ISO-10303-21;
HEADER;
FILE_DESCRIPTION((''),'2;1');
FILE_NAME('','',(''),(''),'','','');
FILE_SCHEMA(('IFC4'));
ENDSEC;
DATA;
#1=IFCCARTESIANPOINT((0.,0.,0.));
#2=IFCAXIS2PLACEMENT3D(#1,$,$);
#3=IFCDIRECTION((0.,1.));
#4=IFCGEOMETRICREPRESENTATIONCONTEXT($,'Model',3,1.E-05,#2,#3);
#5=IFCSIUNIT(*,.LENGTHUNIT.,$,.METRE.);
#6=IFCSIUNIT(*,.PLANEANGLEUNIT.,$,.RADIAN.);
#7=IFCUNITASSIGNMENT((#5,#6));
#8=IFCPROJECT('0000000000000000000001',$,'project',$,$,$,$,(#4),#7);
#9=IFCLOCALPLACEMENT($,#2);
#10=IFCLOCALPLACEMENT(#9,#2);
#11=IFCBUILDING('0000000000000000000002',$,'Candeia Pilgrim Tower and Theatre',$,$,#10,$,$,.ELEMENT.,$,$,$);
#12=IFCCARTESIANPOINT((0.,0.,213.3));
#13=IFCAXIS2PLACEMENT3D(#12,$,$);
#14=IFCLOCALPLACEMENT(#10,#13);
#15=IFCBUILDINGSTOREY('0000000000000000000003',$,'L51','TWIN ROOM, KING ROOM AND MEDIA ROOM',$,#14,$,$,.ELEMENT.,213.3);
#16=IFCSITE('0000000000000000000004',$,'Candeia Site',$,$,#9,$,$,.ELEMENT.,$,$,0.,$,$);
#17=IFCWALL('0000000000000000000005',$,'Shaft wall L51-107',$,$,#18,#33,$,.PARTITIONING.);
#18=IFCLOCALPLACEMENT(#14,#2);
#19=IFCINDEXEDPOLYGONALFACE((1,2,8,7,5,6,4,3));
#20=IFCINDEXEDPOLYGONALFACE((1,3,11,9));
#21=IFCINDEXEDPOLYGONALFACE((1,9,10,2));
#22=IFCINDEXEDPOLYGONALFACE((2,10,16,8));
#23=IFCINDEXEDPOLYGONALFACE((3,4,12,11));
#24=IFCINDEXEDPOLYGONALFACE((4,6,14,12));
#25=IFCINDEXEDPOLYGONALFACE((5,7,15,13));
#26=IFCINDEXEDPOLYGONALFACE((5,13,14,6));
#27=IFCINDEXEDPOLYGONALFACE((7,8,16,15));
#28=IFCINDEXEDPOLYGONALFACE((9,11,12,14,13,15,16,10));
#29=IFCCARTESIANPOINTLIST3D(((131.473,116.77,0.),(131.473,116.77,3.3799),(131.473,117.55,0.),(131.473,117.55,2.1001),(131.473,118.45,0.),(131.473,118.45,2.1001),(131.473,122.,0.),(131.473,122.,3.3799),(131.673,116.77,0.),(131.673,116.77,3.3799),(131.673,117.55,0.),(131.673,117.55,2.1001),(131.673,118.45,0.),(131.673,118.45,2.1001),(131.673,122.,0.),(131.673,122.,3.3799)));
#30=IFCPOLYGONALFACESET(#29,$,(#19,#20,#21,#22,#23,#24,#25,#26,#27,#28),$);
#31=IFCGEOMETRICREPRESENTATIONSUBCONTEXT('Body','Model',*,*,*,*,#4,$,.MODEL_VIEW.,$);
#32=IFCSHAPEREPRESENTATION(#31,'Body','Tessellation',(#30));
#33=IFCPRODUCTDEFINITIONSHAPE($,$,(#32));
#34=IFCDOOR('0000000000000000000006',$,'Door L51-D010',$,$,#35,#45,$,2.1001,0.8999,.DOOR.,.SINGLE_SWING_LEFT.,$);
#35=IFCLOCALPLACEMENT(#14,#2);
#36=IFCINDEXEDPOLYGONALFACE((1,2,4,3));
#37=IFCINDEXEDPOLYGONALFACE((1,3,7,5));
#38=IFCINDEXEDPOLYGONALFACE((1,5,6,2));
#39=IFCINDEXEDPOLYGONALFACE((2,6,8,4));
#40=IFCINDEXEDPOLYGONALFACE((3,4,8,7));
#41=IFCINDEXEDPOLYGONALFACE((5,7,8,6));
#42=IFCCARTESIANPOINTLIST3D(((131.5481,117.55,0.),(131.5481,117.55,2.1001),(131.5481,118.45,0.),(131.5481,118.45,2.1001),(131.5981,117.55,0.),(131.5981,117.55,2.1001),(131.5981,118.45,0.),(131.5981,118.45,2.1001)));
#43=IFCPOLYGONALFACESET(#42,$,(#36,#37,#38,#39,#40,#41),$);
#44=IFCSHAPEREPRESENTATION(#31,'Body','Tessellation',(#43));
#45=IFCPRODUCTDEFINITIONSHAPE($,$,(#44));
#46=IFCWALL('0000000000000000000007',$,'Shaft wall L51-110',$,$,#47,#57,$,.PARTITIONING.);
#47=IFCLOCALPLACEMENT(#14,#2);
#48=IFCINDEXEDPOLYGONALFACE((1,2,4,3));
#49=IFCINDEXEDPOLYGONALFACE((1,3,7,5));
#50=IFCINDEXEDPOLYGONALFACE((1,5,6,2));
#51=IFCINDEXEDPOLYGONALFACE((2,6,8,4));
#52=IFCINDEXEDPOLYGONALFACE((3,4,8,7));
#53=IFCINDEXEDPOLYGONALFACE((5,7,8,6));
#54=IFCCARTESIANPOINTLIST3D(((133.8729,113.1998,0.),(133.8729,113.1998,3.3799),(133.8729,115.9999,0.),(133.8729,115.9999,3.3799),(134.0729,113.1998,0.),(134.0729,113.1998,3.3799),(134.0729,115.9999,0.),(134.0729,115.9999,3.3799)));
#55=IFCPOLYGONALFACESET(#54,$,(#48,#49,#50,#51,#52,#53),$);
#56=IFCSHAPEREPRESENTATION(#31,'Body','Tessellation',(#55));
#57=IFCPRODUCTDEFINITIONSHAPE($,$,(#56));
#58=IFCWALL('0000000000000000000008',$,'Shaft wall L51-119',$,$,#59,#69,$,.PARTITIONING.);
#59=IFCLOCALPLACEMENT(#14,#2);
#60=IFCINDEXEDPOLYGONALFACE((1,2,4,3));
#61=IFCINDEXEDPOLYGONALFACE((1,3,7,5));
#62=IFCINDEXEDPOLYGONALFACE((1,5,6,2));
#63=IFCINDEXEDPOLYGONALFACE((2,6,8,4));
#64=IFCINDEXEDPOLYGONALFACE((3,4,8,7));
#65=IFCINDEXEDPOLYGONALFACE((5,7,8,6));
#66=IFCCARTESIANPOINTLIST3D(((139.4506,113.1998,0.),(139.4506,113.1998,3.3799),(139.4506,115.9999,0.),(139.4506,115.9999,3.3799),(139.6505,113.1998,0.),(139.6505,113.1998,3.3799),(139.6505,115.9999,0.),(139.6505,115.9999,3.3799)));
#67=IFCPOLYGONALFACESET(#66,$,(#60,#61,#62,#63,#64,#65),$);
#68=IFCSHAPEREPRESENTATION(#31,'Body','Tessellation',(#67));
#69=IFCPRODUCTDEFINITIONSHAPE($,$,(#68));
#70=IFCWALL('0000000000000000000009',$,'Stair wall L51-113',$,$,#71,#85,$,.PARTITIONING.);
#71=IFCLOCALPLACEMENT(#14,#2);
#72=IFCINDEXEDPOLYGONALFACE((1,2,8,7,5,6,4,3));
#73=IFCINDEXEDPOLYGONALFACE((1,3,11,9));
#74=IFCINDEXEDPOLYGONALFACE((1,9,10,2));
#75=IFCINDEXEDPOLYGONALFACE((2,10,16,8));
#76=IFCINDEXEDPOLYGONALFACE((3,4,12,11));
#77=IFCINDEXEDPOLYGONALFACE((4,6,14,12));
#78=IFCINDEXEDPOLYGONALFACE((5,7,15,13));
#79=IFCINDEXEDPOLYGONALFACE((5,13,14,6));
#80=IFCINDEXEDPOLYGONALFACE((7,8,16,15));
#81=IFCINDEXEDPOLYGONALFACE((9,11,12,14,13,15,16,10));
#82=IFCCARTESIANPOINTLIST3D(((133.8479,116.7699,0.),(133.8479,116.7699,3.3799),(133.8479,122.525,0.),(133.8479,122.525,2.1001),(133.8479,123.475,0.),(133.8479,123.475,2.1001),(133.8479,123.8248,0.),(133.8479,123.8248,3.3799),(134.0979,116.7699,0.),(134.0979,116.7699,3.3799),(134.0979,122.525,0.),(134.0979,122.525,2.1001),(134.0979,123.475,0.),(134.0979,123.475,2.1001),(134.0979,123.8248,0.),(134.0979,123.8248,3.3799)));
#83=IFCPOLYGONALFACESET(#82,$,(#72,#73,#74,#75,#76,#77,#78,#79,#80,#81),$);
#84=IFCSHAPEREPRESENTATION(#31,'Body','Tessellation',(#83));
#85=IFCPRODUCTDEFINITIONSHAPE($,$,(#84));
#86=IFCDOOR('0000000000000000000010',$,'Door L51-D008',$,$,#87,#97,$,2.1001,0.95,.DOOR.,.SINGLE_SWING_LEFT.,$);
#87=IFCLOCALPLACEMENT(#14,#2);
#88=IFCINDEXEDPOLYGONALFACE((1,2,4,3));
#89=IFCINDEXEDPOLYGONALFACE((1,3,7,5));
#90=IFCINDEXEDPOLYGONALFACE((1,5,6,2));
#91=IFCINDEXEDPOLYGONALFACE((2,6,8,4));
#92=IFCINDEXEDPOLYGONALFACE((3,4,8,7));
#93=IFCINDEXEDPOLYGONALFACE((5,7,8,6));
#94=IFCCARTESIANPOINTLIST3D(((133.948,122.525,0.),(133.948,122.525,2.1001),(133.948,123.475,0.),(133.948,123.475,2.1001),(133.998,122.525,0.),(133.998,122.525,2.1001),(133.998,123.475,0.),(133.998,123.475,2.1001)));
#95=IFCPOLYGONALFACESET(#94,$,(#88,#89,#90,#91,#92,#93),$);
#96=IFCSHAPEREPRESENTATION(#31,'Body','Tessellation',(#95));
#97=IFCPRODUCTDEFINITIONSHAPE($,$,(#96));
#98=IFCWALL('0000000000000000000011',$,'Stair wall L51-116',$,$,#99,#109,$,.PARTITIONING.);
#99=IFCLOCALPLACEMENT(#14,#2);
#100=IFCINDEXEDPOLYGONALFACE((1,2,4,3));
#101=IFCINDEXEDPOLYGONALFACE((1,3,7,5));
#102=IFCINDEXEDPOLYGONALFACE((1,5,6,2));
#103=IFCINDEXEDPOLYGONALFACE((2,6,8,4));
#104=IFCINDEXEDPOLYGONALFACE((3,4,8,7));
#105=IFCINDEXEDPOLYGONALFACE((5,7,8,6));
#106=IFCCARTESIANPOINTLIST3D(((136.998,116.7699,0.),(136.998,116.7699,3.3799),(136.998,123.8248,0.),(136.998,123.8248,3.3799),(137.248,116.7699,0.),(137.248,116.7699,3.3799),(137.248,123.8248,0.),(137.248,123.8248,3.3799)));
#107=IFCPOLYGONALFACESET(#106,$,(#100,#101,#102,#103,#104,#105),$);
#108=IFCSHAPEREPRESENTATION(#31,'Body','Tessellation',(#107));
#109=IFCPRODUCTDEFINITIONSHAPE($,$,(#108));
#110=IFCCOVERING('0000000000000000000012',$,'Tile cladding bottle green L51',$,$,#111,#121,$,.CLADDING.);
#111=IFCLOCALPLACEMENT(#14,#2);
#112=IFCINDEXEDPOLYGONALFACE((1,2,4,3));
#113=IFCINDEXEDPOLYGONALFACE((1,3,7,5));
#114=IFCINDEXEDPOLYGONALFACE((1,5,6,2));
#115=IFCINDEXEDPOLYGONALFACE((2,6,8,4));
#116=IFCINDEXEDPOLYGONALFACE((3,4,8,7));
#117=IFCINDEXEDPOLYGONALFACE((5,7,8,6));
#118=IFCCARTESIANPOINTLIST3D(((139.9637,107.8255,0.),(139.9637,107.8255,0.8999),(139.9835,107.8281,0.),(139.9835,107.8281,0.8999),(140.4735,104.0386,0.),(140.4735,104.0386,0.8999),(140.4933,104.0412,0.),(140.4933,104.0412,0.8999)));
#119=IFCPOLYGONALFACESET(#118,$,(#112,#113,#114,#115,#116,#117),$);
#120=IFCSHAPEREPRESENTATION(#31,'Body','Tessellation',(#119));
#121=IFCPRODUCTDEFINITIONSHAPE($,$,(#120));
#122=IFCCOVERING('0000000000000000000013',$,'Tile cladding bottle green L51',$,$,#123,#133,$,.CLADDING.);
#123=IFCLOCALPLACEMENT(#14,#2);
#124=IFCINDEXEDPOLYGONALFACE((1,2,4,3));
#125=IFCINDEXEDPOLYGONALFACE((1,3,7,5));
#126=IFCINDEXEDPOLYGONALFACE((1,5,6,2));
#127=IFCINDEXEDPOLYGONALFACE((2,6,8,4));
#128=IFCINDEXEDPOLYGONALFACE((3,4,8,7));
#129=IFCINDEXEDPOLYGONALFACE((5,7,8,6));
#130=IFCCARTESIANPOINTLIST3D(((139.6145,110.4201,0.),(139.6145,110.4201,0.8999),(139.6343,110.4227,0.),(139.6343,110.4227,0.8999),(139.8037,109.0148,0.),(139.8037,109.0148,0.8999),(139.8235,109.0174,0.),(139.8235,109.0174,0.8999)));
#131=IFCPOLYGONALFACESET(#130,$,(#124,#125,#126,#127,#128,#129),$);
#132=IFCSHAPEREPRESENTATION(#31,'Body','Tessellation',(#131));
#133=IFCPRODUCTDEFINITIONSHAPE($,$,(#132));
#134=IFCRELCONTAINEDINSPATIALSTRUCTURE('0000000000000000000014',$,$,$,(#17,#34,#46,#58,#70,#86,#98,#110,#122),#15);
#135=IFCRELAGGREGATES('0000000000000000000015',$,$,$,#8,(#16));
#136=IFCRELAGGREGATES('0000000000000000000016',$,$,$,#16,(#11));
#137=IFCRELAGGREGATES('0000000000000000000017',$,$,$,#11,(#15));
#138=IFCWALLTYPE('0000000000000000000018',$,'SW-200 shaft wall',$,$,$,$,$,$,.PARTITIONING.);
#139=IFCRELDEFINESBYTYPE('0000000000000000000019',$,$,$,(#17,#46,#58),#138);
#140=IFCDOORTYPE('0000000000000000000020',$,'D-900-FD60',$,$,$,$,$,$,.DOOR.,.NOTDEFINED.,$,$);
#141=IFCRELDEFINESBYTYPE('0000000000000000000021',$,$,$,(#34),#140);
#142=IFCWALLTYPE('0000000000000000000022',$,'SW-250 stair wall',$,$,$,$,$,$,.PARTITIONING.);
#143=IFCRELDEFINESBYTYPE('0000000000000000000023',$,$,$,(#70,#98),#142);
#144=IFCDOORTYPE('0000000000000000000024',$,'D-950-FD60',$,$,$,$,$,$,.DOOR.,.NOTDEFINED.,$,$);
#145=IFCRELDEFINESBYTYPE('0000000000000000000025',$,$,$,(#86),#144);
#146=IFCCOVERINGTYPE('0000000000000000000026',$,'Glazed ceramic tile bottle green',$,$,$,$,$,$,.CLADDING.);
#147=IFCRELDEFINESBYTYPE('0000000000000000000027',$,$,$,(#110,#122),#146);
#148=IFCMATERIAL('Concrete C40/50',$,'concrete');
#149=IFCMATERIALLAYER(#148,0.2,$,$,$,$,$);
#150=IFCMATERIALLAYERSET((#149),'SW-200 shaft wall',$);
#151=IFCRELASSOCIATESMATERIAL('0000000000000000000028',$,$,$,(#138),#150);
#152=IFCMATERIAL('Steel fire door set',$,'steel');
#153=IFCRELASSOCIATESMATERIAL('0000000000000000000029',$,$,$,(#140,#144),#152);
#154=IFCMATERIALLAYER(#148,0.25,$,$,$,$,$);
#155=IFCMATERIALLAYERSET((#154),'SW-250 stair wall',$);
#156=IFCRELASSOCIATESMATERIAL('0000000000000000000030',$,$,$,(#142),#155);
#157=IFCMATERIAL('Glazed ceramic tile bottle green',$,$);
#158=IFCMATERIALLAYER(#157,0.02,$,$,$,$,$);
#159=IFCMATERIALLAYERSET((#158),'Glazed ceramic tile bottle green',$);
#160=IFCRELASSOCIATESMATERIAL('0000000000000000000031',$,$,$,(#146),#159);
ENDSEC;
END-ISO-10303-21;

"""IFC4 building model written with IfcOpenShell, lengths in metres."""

from ifc_helpers import new_model, si_unit, direction, frame, frame_2d, origin, origin_2d, place, context, subcontext, project, spatial, rectangle, extrude, material, layer, layer_set, type_object, element, fill, save


model = new_model("IFC4")

# Units and contexts
model_context = context("Model", 3, precision=1e-05, world=origin(), true_north=direction((0.0, 1.0)))
body_context = subcontext(model_context, "Body", "Model", "MODEL_VIEW")
ifc_project = project(units=[si_unit("LENGTHUNIT", "METRE"), si_unit("PLANEANGLEUNIT", "RADIAN")], contexts=[model_context])

# Site, building, storey
site_placement = place(None, origin())
site = spatial("IfcSite", under=ifc_project, at=site_placement, Name="Candeia Site", CompositionType="ELEMENT", RefElevation=0.0)
building_placement = place(site_placement, origin())
building = spatial("IfcBuilding", under=site, at=building_placement, Name="Candeia Pilgrim Tower and Theatre", CompositionType="ELEMENT")
storey_placement = place(building_placement, frame((0.0, 0.0, 213.3)))
storey = spatial("IfcBuildingStorey", under=building, at=storey_placement, Name="L51", Description="TWIN ROOM, KING ROOM AND MEDIA ROOM", CompositionType="ELEMENT", Elevation=213.3)

# Shared definitions
ifc_material_1 = material(Name="Steel fire door set", Category="steel")

# Shared definitions
ifc_material_2 = material(Name="Concrete C40/50", Category="concrete")
ifc_layer_1 = layer(ifc_material_2, 0.2)
ifc_layer_set_1 = layer_set([ifc_layer_1], Name="SW-200 shaft wall")
wall_type_1 = type_object("IfcWallType", Name="SW-200 shaft wall", PredefinedType="PARTITIONING", material=ifc_layer_set_1)
door_type_1 = type_object("IfcDoorType", Name="D-900-FD60", OperationType="NOTDEFINED", PredefinedType="DOOR", material=ifc_material_1)

# Wall, opening, door
wall_1_placement = place(storey_placement, frame((131.573, 116.77, 0.0), z_axis=(0.0, 0.0, 1.0), x_axis=(0.0, 1.0, 0.0)))
wall_1 = element("IfcWall", 1, at=wall_1_placement, inside=storey, type_object=wall_type_1, Name="Shaft wall L51-107", PredefinedType="PARTITIONING", context=body_context, shape_type="SweptSolid", body=[
    extrude(rectangle(XDim=5.23, YDim=0.2, at=frame_2d((2.615, 0.0))), origin(), (0.0, 0.0, 1.0), 3.3799),
])
opening_1_placement = place(wall_1_placement, frame((0.78, 0.0, 0.0)))
opening_1 = element("IfcOpeningElement", 2, at=opening_1_placement, cuts=wall_1, PredefinedType="OPENING", context=body_context, shape_type="SweptSolid", body=[
    extrude(rectangle(XDim=0.8999, YDim=2.1001, at=frame_2d((0.45, 1.05))), frame((0.0, 0.1099, 0.0), z_axis=(0.0, -1.0, 0.0), x_axis=(1.0, 0.0, 0.0)), (0.0, 0.0, 1.0), 0.22),
])
door_1_placement = place(opening_1_placement, origin())
door_1 = element("IfcDoor", 3, at=door_1_placement, inside=storey, type_object=door_type_1, Name="Door L51-D010", OperationType="SINGLE_SWING_LEFT", OverallHeight=2.1001, OverallWidth=0.8999, PredefinedType="DOOR", context=body_context, shape_type="SweptSolid", body=[
    extrude(rectangle(XDim=0.8999, YDim=2.1001, at=frame_2d((0.45, 1.05))), frame((0.0, 0.0249, 0.0), z_axis=(0.0, -1.0, 0.0), x_axis=(1.0, 0.0, 0.0)), (0.0, 0.0, 1.0), 0.05),
])
fill(opening_1, door_1)

# Walls
for number, where, z_axis, x_axis, name in (
    (4, (133.9729, 113.2, 0.0), (0.0, 0.0, 1.0), (0.0, 1.0, 0.0), "Shaft wall L51-110"),
    (5, (139.5505, 113.2, 0.0), (0.0, 0.0, 1.0), (0.0, 1.0, 0.0), "Shaft wall L51-119"),
):
    element("IfcWall", number, at=place(storey_placement, frame(where, z_axis=z_axis, x_axis=x_axis)), inside=storey, type_object=wall_type_1, Name=name, PredefinedType="PARTITIONING", context=body_context, shape_type="SweptSolid", body=[
        extrude(rectangle(XDim=2.8, YDim=0.2, at=frame_2d((1.3999, 0.0))), origin(), (0.0, 0.0, 1.0), 3.3799),
    ])

# Wall, opening, door
ifc_layer_2 = layer(ifc_material_2, 0.25)
ifc_layer_set_2 = layer_set([ifc_layer_2], Name="SW-250 stair wall")
wall_type_2 = type_object("IfcWallType", Name="SW-250 stair wall", PredefinedType="PARTITIONING", material=ifc_layer_set_2)
wall_2_placement = place(storey_placement, frame((133.9729, 116.77, 0.0), z_axis=(0.0, 0.0, 1.0), x_axis=(0.0, 1.0, 0.0)))
wall_2 = element("IfcWall", 6, at=wall_2_placement, inside=storey, type_object=wall_type_2, Name="Stair wall L51-113", PredefinedType="PARTITIONING", context=body_context, shape_type="SweptSolid", body=[
    extrude(rectangle(XDim=7.0549, YDim=0.25, at=frame_2d((3.5273, 0.0))), origin(), (0.0, 0.0, 1.0), 3.3799),
])
opening_2_placement = place(wall_2_placement, frame((5.7549, 0.0, 0.0)))
opening_2 = element("IfcOpeningElement", 7, at=opening_2_placement, cuts=wall_2, PredefinedType="OPENING", context=body_context, shape_type="SweptSolid", body=[
    extrude(rectangle(XDim=0.95, YDim=2.1001, at=frame_2d((0.4751, 1.05))), frame((0.0, 0.135, 0.0), z_axis=(0.0, -1.0, 0.0), x_axis=(1.0, 0.0, 0.0)), (0.0, 0.0, 1.0), 0.27),
])
door_type_2 = type_object("IfcDoorType", Name="D-950-FD60", OperationType="NOTDEFINED", PredefinedType="DOOR", material=ifc_material_1)
door_2_placement = place(opening_2_placement, origin())
door_2 = element("IfcDoor", 8, at=door_2_placement, inside=storey, type_object=door_type_2, Name="Door L51-D008", OperationType="SINGLE_SWING_LEFT", OverallHeight=2.1001, OverallWidth=0.95, PredefinedType="DOOR", context=body_context, shape_type="SweptSolid", body=[
    extrude(rectangle(XDim=0.95, YDim=2.1001, at=frame_2d((0.4751, 1.05))), frame((0.0, 0.0249, 0.0), z_axis=(0.0, -1.0, 0.0), x_axis=(1.0, 0.0, 0.0)), (0.0, 0.0, 1.0), 0.05),
])
fill(opening_2, door_2)

# Wall
wall_3_placement = place(storey_placement, frame((137.123, 116.77, 0.0), z_axis=(0.0, 0.0, 1.0), x_axis=(0.0, 1.0, 0.0)))
element("IfcWall", 9, at=wall_3_placement, inside=storey, type_object=wall_type_2, Name="Stair wall L51-116", PredefinedType="PARTITIONING", context=body_context, shape_type="SweptSolid", body=[
    extrude(rectangle(XDim=7.0549, YDim=0.25, at=frame_2d((3.5273, 0.0))), origin(), (0.0, 0.0, 1.0), 3.3799),
])

# Coverings
ifc_material_3 = material(Name="Glazed ceramic tile bottle green")
ifc_layer_3 = layer(ifc_material_3, 0.02)
ifc_layer_set_3 = layer_set([ifc_layer_3], Name="Glazed ceramic tile bottle green")
covering_type = type_object("IfcCoveringType", Name="Glazed ceramic tile bottle green", PredefinedType="CLADDING", material=ifc_layer_set_3)
covering_1_placement = place(storey_placement, frame((140.2285, 105.9333, 0.0), z_axis=(0.0, 0.0, 1.0), x_axis=(-0.133412, 0.991061, 0.0)))
element("IfcCovering", 10, at=covering_1_placement, inside=storey, type_object=covering_type, Name="Tile cladding bottle green L51", PredefinedType="CLADDING", context=body_context, shape_type="SweptSolid", body=[
    extrude(rectangle(XDim=3.821, YDim=0.02, at=origin_2d()), origin(), (0.0, 0.0, 1.0), 0.8999),
])
covering_2_placement = place(storey_placement, frame((139.719, 109.7188, 0.0), z_axis=(0.0, 0.0, 1.0), x_axis=(-0.133412, 0.991061, 0.0)))
element("IfcCovering", 11, at=covering_2_placement, inside=storey, type_object=covering_type, Name="Tile cladding bottle green L51", PredefinedType="CLADDING", context=body_context, shape_type="SweptSolid", body=[
    extrude(rectangle(XDim=1.418, YDim=0.02, at=origin_2d()), origin(), (0.0, 0.0, 1.0), 0.8999),
])

save(model, "model.ifc")
